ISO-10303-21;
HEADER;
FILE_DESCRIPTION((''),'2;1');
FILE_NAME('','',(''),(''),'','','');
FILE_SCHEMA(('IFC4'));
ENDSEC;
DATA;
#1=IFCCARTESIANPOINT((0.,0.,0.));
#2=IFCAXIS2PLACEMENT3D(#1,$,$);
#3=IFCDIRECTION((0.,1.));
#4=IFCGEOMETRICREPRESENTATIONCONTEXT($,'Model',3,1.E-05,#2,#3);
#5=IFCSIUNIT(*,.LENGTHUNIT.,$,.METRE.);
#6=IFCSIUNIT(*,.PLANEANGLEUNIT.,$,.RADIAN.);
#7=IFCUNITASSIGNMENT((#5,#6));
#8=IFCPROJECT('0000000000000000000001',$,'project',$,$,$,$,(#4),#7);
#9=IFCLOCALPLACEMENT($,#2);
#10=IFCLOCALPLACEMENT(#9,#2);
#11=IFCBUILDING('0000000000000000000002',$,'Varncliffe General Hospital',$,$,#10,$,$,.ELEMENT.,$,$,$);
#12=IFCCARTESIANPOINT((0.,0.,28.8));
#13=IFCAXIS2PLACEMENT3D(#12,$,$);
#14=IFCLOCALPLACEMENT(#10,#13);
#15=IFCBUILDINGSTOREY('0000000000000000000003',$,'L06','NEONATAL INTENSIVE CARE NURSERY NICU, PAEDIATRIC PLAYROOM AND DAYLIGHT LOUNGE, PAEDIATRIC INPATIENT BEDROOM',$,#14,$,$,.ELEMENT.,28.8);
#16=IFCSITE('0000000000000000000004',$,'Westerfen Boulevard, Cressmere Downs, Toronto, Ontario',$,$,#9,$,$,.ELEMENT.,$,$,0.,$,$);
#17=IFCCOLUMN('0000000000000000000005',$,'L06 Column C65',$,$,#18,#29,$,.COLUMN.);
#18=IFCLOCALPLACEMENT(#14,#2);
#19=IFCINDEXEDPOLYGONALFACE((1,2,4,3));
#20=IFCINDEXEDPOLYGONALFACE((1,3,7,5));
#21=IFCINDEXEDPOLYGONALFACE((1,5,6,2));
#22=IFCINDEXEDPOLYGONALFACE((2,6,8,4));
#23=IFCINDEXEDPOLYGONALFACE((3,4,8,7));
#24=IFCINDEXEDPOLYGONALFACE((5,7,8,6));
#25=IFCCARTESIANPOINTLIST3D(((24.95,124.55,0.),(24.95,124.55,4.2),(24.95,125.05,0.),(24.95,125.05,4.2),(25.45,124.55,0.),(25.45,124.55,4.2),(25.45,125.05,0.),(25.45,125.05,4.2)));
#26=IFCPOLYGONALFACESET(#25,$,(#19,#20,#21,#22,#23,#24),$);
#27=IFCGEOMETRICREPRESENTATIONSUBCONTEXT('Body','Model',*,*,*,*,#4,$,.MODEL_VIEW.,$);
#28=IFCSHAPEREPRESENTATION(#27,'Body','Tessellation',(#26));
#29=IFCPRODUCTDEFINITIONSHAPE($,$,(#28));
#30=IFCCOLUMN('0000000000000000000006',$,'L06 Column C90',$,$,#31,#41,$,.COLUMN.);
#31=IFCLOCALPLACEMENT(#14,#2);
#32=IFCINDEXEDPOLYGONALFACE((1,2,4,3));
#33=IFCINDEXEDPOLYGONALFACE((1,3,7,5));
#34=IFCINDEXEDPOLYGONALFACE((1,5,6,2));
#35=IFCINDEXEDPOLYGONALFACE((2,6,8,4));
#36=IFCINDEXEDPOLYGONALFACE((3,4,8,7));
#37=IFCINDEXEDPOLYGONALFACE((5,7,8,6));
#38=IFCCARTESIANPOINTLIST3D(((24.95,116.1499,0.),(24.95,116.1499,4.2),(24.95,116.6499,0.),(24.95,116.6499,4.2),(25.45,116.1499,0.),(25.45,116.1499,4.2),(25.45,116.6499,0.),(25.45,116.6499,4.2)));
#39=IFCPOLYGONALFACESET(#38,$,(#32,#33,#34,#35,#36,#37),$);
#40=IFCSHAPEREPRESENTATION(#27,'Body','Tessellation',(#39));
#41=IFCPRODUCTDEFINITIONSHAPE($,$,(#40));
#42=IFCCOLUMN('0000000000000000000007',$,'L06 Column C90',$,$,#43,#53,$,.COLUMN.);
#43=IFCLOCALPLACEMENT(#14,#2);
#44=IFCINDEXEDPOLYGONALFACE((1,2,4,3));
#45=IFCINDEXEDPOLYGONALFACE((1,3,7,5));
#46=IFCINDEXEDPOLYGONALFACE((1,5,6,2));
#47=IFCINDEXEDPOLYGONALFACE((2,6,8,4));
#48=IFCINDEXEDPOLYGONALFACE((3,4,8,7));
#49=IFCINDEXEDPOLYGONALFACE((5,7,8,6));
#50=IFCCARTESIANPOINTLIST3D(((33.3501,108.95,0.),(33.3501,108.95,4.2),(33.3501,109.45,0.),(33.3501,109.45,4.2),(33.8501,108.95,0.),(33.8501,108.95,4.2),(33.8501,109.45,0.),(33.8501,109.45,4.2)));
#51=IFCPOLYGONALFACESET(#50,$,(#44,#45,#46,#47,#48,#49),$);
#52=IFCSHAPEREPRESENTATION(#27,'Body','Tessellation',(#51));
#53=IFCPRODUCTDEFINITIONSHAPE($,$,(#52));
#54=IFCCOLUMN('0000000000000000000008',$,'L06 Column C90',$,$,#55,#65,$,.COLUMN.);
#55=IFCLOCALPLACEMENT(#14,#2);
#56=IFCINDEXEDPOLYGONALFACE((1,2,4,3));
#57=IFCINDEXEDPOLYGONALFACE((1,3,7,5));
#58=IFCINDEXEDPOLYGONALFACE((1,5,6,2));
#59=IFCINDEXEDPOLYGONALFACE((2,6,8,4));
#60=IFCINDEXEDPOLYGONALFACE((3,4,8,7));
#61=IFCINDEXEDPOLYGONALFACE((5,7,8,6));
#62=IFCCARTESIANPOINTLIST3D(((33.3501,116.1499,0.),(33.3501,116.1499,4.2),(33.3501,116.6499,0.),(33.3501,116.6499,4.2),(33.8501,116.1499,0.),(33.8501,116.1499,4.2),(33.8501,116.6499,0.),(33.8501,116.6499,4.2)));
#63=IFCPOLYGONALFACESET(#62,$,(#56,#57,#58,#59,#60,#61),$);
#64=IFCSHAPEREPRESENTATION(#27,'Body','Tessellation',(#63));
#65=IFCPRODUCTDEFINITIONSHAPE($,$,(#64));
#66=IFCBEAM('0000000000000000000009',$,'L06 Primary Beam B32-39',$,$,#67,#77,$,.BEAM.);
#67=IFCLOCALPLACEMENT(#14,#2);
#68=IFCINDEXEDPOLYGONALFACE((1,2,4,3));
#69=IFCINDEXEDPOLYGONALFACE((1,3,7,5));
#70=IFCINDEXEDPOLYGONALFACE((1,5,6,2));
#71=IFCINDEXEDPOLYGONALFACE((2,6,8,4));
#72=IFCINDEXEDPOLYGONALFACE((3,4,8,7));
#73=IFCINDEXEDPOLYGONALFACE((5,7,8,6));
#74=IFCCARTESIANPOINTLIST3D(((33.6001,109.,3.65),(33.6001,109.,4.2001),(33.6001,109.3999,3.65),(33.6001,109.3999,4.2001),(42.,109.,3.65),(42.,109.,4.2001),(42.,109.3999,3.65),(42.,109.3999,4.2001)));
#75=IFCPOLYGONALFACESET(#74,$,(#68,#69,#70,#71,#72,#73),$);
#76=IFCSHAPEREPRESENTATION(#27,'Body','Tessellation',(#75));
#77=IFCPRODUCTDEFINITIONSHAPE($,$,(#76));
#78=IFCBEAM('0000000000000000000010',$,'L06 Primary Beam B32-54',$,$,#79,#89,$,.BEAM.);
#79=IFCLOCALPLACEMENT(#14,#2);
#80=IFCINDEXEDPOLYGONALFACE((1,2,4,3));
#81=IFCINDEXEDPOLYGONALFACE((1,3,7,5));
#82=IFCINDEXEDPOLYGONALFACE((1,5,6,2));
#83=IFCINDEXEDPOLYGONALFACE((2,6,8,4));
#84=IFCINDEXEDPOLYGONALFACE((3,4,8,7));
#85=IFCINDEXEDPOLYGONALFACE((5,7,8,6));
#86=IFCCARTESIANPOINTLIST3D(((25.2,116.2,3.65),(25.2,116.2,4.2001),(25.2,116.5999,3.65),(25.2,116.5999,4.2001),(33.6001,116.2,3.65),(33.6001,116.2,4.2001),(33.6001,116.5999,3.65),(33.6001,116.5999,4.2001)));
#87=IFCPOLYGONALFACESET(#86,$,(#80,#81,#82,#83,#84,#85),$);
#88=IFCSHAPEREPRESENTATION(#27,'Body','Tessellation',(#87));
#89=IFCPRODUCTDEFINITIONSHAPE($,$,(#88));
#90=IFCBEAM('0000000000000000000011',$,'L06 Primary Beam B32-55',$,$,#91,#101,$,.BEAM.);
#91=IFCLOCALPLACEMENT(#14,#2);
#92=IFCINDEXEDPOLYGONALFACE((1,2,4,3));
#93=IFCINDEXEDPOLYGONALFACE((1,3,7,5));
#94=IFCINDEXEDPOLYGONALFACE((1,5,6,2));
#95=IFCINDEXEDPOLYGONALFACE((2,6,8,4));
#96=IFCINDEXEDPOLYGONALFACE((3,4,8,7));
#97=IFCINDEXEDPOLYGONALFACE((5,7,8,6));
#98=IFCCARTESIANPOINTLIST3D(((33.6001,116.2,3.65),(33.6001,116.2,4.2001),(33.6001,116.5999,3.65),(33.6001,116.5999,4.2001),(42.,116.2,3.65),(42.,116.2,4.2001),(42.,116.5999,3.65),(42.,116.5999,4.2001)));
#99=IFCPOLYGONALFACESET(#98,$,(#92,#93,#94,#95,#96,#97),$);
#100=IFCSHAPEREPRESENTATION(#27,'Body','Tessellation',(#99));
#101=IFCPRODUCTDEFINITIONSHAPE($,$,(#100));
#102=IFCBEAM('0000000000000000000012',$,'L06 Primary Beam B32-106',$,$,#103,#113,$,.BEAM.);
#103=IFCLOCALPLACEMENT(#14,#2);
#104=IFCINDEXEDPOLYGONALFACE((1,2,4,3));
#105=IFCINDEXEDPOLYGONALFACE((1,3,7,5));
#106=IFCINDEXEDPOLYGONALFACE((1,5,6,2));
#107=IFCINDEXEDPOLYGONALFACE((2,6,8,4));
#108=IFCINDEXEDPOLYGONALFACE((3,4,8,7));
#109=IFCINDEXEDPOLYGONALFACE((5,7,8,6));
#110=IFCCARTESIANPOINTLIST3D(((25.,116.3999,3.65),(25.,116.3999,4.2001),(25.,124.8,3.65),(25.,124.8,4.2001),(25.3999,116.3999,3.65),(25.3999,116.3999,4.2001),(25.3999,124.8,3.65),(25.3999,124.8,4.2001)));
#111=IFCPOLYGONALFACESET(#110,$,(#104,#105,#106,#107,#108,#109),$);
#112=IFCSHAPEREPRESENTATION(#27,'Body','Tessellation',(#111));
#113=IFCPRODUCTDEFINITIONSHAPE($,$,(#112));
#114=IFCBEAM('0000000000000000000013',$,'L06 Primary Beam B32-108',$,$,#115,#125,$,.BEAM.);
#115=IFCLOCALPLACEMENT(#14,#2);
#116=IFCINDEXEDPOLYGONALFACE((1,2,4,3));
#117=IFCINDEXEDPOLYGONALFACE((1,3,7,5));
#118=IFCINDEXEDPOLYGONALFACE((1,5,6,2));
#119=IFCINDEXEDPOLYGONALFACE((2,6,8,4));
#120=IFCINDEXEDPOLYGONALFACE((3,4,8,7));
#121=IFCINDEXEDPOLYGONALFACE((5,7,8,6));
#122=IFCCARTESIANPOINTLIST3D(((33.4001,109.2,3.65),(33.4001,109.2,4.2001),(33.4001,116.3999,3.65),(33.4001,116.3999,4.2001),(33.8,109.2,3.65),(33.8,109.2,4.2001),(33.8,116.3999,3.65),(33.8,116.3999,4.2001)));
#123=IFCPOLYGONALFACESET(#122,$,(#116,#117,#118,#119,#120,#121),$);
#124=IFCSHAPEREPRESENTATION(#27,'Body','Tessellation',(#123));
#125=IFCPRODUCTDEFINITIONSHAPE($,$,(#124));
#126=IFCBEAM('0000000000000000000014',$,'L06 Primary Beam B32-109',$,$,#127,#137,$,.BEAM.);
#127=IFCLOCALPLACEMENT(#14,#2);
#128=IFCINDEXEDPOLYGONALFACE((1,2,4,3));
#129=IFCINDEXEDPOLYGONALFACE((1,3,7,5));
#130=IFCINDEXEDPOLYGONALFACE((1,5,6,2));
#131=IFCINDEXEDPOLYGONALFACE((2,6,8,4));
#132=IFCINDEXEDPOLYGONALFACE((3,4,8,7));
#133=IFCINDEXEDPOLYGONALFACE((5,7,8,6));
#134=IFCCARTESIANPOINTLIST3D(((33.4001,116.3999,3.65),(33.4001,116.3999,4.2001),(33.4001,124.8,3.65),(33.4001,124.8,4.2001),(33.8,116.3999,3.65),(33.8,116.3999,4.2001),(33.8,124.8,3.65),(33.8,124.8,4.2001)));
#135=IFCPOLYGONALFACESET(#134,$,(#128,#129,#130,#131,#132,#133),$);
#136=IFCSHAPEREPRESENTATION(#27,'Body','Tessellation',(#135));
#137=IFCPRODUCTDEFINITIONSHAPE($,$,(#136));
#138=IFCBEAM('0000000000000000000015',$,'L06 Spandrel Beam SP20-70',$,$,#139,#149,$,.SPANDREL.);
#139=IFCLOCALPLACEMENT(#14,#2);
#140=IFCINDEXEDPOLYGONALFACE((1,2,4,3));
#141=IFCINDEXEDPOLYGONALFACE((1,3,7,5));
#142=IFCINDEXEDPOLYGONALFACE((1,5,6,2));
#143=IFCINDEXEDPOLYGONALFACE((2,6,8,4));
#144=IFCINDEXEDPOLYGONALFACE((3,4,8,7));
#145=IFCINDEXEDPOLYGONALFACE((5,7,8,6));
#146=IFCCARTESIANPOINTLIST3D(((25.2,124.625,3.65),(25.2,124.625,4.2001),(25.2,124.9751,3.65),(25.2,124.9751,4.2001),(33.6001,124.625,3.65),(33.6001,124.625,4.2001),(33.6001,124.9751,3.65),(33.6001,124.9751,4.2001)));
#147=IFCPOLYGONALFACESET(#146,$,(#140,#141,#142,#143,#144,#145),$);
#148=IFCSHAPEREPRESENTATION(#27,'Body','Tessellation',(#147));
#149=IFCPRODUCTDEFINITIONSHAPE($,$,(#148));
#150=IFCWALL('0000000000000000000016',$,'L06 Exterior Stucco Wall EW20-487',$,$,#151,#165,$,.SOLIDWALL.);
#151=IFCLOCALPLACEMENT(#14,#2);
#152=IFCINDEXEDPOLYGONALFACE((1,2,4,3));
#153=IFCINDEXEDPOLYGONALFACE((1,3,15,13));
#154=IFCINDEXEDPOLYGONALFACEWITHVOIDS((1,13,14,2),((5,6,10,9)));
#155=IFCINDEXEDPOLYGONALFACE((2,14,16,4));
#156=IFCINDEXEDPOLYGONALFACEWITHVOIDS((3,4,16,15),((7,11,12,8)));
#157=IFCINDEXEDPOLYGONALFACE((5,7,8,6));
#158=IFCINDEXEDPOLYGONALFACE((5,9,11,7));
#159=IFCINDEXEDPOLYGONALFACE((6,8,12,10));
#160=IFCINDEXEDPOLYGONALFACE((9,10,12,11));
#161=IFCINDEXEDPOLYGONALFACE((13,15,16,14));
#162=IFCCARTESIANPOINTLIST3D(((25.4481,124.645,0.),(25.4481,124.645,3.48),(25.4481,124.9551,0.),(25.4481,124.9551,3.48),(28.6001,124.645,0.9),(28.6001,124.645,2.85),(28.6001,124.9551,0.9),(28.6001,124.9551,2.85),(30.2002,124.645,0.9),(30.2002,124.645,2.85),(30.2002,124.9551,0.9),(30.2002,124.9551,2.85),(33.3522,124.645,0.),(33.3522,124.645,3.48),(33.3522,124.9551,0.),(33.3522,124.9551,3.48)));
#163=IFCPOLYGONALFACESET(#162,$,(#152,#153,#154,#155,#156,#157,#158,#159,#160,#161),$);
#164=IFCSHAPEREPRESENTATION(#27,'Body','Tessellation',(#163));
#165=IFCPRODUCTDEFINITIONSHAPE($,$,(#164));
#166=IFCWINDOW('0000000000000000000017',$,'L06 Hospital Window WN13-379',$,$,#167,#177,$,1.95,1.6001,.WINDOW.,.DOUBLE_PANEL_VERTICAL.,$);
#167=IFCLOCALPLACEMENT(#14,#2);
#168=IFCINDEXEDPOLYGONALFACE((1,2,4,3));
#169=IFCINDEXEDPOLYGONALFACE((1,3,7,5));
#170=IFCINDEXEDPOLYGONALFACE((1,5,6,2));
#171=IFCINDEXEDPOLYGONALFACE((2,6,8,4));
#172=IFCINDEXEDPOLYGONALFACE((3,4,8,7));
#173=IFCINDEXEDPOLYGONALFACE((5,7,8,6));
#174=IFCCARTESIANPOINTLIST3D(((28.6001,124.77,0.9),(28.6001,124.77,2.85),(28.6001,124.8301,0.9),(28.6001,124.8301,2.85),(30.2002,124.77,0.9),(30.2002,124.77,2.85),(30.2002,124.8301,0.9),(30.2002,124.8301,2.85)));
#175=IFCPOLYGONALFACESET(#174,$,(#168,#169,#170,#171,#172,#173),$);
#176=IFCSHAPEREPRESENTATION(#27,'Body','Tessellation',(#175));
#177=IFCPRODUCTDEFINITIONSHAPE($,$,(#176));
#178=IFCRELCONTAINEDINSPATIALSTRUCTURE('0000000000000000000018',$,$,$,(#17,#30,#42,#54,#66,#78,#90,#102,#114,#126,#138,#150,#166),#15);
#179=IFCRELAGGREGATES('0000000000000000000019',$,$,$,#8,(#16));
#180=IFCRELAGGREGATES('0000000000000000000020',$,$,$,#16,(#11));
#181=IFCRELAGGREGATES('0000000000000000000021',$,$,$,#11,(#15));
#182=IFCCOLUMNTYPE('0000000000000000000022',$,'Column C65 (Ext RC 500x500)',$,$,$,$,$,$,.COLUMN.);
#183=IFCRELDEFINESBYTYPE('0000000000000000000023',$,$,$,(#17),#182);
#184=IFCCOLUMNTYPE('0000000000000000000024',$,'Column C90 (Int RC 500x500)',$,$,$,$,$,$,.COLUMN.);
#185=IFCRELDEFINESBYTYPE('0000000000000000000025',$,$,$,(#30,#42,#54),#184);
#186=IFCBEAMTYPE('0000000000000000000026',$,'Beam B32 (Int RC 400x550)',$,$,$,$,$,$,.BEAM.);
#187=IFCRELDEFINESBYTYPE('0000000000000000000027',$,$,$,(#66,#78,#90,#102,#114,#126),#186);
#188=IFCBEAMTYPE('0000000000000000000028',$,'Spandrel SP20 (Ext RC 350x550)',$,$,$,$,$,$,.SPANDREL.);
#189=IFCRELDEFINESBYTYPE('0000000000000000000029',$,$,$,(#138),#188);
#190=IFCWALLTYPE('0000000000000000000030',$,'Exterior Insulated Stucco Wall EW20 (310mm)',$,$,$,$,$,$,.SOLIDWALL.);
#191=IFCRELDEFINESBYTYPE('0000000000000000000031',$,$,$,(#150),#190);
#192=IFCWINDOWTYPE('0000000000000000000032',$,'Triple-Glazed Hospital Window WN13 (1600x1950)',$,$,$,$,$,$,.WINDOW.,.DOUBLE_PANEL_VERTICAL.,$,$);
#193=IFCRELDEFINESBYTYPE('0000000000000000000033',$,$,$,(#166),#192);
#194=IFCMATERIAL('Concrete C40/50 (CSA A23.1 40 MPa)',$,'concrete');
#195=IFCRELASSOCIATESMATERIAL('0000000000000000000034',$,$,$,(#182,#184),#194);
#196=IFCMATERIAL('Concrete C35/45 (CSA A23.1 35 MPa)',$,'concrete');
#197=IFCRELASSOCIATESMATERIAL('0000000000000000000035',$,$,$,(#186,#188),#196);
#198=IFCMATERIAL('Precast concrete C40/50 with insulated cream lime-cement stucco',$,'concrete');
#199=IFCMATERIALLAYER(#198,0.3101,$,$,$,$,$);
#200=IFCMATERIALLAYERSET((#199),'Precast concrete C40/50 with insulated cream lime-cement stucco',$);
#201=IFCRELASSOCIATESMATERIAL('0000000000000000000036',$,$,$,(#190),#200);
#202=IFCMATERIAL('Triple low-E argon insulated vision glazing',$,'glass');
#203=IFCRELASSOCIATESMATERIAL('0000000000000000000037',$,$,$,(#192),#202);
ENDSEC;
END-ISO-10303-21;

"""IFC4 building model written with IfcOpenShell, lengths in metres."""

from ifc_helpers import new_model, si_unit, direction, frame, frame_2d, origin, origin_2d, place, context, subcontext, project, spatial, rectangle, extrude, material, layer, layer_set, material_profile, profile_set, type_object, element, fill, save


model = new_model("IFC4")

# Units and contexts
model_context = context("Model", 3, precision=1e-05, world=origin(), true_north=direction((0.0, 1.0)))
body_context = subcontext(model_context, "Body", "Model", "MODEL_VIEW")
ifc_project = project(units=[si_unit("LENGTHUNIT", "METRE"), si_unit("PLANEANGLEUNIT", "RADIAN")], contexts=[model_context])

# Site, building, storey
site_placement = place(None, origin())
site = spatial("IfcSite", under=ifc_project, at=site_placement, Name="Westerfen Boulevard, Cressmere Downs, Toronto, Ontario", CompositionType="ELEMENT", RefElevation=0.0)
building_placement = place(site_placement, origin())
building = spatial("IfcBuilding", under=site, at=building_placement, Name="Varncliffe General Hospital", CompositionType="ELEMENT")
storey_placement = place(building_placement, frame((0.0, 0.0, 28.8)))
storey = spatial("IfcBuildingStorey", under=building, at=storey_placement, Name="L06", Description="NEONATAL INTENSIVE CARE NURSERY NICU, PAEDIATRIC PLAYROOM AND DAYLIGHT LOUNGE, PAEDIATRIC INPATIENT BEDROOM", CompositionType="ELEMENT", Elevation=28.8)

# Columns
ifc_material_1 = material(Name="Concrete C40/50 (CSA A23.1 40 MPa)", Category="concrete")
ifc_material_profile_1 = material_profile(ifc_material_1, rectangle(XDim=0.5, YDim=0.5, at=origin_2d()), Name="RC 500x500")
ifc_profile_set_1 = profile_set([ifc_material_profile_1], Name="Concrete C40/50 (CSA A23.1 40 MPa)")
column_type_1 = type_object("IfcColumnType", Name="Column C65 (Ext RC 500x500)", PredefinedType="COLUMN", material=ifc_profile_set_1)
column_placement = place(storey_placement, frame((25.2, 124.8, 0.0), z_axis=(0.0, 0.0, 1.0), x_axis=(1.0, 0.0, 0.0)))
element("IfcColumn", 1, at=column_placement, inside=storey, type_object=column_type_1, Name="L06 Column C65", PredefinedType="COLUMN", context=body_context, shape_type="SweptSolid", body=[
    extrude(rectangle(XDim=0.5, YDim=0.5, at=origin_2d()), origin(), (0.0, 0.0, 1.0), 4.2),
])
ifc_material_profile_2 = material_profile(ifc_material_1, rectangle(XDim=0.5, YDim=0.5, at=origin_2d()), Name="RC 500x500")
ifc_profile_set_2 = profile_set([ifc_material_profile_2], Name="Concrete C40/50 (CSA A23.1 40 MPa)")
column_type_2 = type_object("IfcColumnType", Name="Column C90 (Int RC 500x500)", PredefinedType="COLUMN", material=ifc_profile_set_2)
for number, where, z_axis, x_axis, name in (
    (2, (25.2, 116.3999, 0.0), (0.0, 0.0, 1.0), (1.0, 0.0, 0.0), "L06 Column C90"),
    (3, (33.6001, 109.2, 0.0), (0.0, 0.0, 1.0), (1.0, 0.0, 0.0), "L06 Column C90"),
    (4, (33.6001, 116.3999, 0.0), (0.0, 0.0, 1.0), (1.0, 0.0, 0.0), "L06 Column C90"),
):
    element("IfcColumn", number, at=place(storey_placement, frame(where, z_axis=z_axis, x_axis=x_axis)), inside=storey, type_object=column_type_2, Name=name, PredefinedType="COLUMN", context=body_context, shape_type="SweptSolid", body=[
        extrude(rectangle(XDim=0.5, YDim=0.5, at=origin_2d()), origin(), (0.0, 0.0, 1.0), 4.2),
    ])

# Beams
ifc_material_2 = material(Name="Concrete C35/45 (CSA A23.1 35 MPa)", Category="concrete")
ifc_material_profile_3 = material_profile(ifc_material_2, rectangle(XDim=0.3999, YDim=0.55, at=origin_2d()), Name="RC 400x550")
ifc_profile_set_3 = profile_set([ifc_material_profile_3], Name="Concrete C35/45 (CSA A23.1 35 MPa)")
beam_type_1 = type_object("IfcBeamType", Name="Beam B32 (Int RC 400x550)", PredefinedType="BEAM", material=ifc_profile_set_3)
beam_1_placement = place(storey_placement, frame((33.6001, 109.2, 3.925), z_axis=(1.0, 0.0, 0.0), x_axis=(0.0, 1.0, 0.0)))
element("IfcBeam", 5, at=beam_1_placement, inside=storey, type_object=beam_type_1, Name="L06 Primary Beam B32-39", PredefinedType="BEAM", context=body_context, shape_type="SweptSolid", body=[
    extrude(rectangle(XDim=0.3999, YDim=0.55, at=origin_2d()), origin(), (0.0, 0.0, 1.0), 8.3999),
])
beam_2_placement = place(storey_placement, frame((25.2, 116.3999, 3.925), z_axis=(1.0, 0.0, 0.0), x_axis=(0.0, 1.0, 0.0)))
element("IfcBeam", 6, at=beam_2_placement, inside=storey, type_object=beam_type_1, Name="L06 Primary Beam B32-54", PredefinedType="BEAM", context=body_context, shape_type="SweptSolid", body=[
    extrude(rectangle(XDim=0.3999, YDim=0.55, at=origin_2d()), origin(), (0.0, 0.0, 1.0), 8.4001),
])
beam_3_placement = place(storey_placement, frame((33.6001, 116.3999, 3.925), z_axis=(1.0, 0.0, 0.0), x_axis=(0.0, 1.0, 0.0)))
element("IfcBeam", 7, at=beam_3_placement, inside=storey, type_object=beam_type_1, Name="L06 Primary Beam B32-55", PredefinedType="BEAM", context=body_context, shape_type="SweptSolid", body=[
    extrude(rectangle(XDim=0.3999, YDim=0.55, at=origin_2d()), origin(), (0.0, 0.0, 1.0), 8.3999),
])
beam_4_placement = place(storey_placement, frame((25.2, 116.3999, 3.925), z_axis=(0.0, 1.0, 0.0), x_axis=(-1.0, 0.0, 0.0)))
element("IfcBeam", 8, at=beam_4_placement, inside=storey, type_object=beam_type_1, Name="L06 Primary Beam B32-106", PredefinedType="BEAM", context=body_context, shape_type="SweptSolid", body=[
    extrude(rectangle(XDim=0.3999, YDim=0.55, at=origin_2d()), origin(), (0.0, 0.0, 1.0), 8.4001),
])
beam_5_placement = place(storey_placement, frame((33.6001, 109.2, 3.925), z_axis=(0.0, 1.0, 0.0), x_axis=(-1.0, 0.0, 0.0)))
element("IfcBeam", 9, at=beam_5_placement, inside=storey, type_object=beam_type_1, Name="L06 Primary Beam B32-108", PredefinedType="BEAM", context=body_context, shape_type="SweptSolid", body=[
    extrude(rectangle(XDim=0.3999, YDim=0.55, at=origin_2d()), origin(), (0.0, 0.0, 1.0), 7.2),
])
beam_6_placement = place(storey_placement, frame((33.6001, 116.3999, 3.925), z_axis=(0.0, 1.0, 0.0), x_axis=(-1.0, 0.0, 0.0)))
element("IfcBeam", 10, at=beam_6_placement, inside=storey, type_object=beam_type_1, Name="L06 Primary Beam B32-109", PredefinedType="BEAM", context=body_context, shape_type="SweptSolid", body=[
    extrude(rectangle(XDim=0.3999, YDim=0.55, at=origin_2d()), origin(), (0.0, 0.0, 1.0), 8.4001),
])
ifc_material_profile_4 = material_profile(ifc_material_2, rectangle(XDim=0.3501, YDim=0.55, at=origin_2d()), Name="RC 350x550")
ifc_profile_set_4 = profile_set([ifc_material_profile_4], Name="Concrete C35/45 (CSA A23.1 35 MPa)")
beam_type_2 = type_object("IfcBeamType", Name="Spandrel SP20 (Ext RC 350x550)", PredefinedType="SPANDREL", material=ifc_profile_set_4)
beam_7_placement = place(storey_placement, frame((25.2, 124.8, 3.925), z_axis=(1.0, 0.0, 0.0), x_axis=(0.0, 1.0, 0.0)))
element("IfcBeam", 11, at=beam_7_placement, inside=storey, type_object=beam_type_2, Name="L06 Spandrel Beam SP20-70", PredefinedType="SPANDREL", context=body_context, shape_type="SweptSolid", body=[
    extrude(rectangle(XDim=0.3501, YDim=0.55, at=origin_2d()), origin(), (0.0, 0.0, 1.0), 8.4001),
])

# Wall, opening, window
ifc_material_3 = material(Name="Precast concrete C40/50 with insulated cream lime-cement stucco", Category="concrete")
ifc_layer_1 = layer(ifc_material_3, 0.3101)
ifc_layer_set_1 = layer_set([ifc_layer_1], Name="Precast concrete C40/50 with insulated cream lime-cement stucco")
wall_type_1 = type_object("IfcWallType", Name="Exterior Insulated Stucco Wall EW20 (310mm)", PredefinedType="SOLIDWALL", material=ifc_layer_set_1)
wall_1_placement = place(storey_placement, frame((25.448, 124.8, 0.0), z_axis=(0.0, 0.0, 1.0), x_axis=(1.0, 0.0, 0.0)))
wall_1 = element("IfcWall", 12, at=wall_1_placement, inside=storey, type_object=wall_type_1, Name="L06 Exterior Stucco Wall EW20-487", PredefinedType="SOLIDWALL", context=body_context, shape_type="SweptSolid", body=[
    extrude(rectangle(XDim=7.9041, YDim=0.3101, at=frame_2d((3.9521, 0.0))), origin(), (0.0, 0.0, 1.0), 3.48),
])
opening_1_placement = place(wall_1_placement, frame((3.1521, 0.0, 0.8999)))
opening_1 = element("IfcOpeningElement", 13, at=opening_1_placement, cuts=wall_1, PredefinedType="OPENING", context=body_context, shape_type="SweptSolid", body=[
    extrude(rectangle(XDim=1.6001, YDim=1.95, at=frame_2d((0.8, 0.9751))), frame((0.0, 0.165, 0.0), z_axis=(0.0, -1.0, 0.0), x_axis=(1.0, 0.0, 0.0)), (0.0, 0.0, 1.0), 0.3301),
])
ifc_material_4 = material(Name="Triple low-E argon insulated vision glazing", Category="glass")
window_type = type_object("IfcWindowType", Name="Triple-Glazed Hospital Window WN13 (1600x1950)", PartitioningType="DOUBLE_PANEL_VERTICAL", PredefinedType="WINDOW", material=ifc_material_4)
window_placement = place(opening_1_placement, origin())
window = element("IfcWindow", 14, at=window_placement, inside=storey, type_object=window_type, Name="L06 Hospital Window WN13-379", OverallHeight=1.95, OverallWidth=1.6001, PartitioningType="DOUBLE_PANEL_VERTICAL", PredefinedType="WINDOW", context=body_context, shape_type="SweptSolid", body=[
    extrude(rectangle(XDim=1.6001, YDim=1.95, at=frame_2d((0.8, 0.9751))), frame((0.0, 0.03, 0.0), z_axis=(0.0, -1.0, 0.0), x_axis=(1.0, 0.0, 0.0)), (0.0, 0.0, 1.0), 0.0601),
])
fill(opening_1, window)

save(model, "model.ifc")
